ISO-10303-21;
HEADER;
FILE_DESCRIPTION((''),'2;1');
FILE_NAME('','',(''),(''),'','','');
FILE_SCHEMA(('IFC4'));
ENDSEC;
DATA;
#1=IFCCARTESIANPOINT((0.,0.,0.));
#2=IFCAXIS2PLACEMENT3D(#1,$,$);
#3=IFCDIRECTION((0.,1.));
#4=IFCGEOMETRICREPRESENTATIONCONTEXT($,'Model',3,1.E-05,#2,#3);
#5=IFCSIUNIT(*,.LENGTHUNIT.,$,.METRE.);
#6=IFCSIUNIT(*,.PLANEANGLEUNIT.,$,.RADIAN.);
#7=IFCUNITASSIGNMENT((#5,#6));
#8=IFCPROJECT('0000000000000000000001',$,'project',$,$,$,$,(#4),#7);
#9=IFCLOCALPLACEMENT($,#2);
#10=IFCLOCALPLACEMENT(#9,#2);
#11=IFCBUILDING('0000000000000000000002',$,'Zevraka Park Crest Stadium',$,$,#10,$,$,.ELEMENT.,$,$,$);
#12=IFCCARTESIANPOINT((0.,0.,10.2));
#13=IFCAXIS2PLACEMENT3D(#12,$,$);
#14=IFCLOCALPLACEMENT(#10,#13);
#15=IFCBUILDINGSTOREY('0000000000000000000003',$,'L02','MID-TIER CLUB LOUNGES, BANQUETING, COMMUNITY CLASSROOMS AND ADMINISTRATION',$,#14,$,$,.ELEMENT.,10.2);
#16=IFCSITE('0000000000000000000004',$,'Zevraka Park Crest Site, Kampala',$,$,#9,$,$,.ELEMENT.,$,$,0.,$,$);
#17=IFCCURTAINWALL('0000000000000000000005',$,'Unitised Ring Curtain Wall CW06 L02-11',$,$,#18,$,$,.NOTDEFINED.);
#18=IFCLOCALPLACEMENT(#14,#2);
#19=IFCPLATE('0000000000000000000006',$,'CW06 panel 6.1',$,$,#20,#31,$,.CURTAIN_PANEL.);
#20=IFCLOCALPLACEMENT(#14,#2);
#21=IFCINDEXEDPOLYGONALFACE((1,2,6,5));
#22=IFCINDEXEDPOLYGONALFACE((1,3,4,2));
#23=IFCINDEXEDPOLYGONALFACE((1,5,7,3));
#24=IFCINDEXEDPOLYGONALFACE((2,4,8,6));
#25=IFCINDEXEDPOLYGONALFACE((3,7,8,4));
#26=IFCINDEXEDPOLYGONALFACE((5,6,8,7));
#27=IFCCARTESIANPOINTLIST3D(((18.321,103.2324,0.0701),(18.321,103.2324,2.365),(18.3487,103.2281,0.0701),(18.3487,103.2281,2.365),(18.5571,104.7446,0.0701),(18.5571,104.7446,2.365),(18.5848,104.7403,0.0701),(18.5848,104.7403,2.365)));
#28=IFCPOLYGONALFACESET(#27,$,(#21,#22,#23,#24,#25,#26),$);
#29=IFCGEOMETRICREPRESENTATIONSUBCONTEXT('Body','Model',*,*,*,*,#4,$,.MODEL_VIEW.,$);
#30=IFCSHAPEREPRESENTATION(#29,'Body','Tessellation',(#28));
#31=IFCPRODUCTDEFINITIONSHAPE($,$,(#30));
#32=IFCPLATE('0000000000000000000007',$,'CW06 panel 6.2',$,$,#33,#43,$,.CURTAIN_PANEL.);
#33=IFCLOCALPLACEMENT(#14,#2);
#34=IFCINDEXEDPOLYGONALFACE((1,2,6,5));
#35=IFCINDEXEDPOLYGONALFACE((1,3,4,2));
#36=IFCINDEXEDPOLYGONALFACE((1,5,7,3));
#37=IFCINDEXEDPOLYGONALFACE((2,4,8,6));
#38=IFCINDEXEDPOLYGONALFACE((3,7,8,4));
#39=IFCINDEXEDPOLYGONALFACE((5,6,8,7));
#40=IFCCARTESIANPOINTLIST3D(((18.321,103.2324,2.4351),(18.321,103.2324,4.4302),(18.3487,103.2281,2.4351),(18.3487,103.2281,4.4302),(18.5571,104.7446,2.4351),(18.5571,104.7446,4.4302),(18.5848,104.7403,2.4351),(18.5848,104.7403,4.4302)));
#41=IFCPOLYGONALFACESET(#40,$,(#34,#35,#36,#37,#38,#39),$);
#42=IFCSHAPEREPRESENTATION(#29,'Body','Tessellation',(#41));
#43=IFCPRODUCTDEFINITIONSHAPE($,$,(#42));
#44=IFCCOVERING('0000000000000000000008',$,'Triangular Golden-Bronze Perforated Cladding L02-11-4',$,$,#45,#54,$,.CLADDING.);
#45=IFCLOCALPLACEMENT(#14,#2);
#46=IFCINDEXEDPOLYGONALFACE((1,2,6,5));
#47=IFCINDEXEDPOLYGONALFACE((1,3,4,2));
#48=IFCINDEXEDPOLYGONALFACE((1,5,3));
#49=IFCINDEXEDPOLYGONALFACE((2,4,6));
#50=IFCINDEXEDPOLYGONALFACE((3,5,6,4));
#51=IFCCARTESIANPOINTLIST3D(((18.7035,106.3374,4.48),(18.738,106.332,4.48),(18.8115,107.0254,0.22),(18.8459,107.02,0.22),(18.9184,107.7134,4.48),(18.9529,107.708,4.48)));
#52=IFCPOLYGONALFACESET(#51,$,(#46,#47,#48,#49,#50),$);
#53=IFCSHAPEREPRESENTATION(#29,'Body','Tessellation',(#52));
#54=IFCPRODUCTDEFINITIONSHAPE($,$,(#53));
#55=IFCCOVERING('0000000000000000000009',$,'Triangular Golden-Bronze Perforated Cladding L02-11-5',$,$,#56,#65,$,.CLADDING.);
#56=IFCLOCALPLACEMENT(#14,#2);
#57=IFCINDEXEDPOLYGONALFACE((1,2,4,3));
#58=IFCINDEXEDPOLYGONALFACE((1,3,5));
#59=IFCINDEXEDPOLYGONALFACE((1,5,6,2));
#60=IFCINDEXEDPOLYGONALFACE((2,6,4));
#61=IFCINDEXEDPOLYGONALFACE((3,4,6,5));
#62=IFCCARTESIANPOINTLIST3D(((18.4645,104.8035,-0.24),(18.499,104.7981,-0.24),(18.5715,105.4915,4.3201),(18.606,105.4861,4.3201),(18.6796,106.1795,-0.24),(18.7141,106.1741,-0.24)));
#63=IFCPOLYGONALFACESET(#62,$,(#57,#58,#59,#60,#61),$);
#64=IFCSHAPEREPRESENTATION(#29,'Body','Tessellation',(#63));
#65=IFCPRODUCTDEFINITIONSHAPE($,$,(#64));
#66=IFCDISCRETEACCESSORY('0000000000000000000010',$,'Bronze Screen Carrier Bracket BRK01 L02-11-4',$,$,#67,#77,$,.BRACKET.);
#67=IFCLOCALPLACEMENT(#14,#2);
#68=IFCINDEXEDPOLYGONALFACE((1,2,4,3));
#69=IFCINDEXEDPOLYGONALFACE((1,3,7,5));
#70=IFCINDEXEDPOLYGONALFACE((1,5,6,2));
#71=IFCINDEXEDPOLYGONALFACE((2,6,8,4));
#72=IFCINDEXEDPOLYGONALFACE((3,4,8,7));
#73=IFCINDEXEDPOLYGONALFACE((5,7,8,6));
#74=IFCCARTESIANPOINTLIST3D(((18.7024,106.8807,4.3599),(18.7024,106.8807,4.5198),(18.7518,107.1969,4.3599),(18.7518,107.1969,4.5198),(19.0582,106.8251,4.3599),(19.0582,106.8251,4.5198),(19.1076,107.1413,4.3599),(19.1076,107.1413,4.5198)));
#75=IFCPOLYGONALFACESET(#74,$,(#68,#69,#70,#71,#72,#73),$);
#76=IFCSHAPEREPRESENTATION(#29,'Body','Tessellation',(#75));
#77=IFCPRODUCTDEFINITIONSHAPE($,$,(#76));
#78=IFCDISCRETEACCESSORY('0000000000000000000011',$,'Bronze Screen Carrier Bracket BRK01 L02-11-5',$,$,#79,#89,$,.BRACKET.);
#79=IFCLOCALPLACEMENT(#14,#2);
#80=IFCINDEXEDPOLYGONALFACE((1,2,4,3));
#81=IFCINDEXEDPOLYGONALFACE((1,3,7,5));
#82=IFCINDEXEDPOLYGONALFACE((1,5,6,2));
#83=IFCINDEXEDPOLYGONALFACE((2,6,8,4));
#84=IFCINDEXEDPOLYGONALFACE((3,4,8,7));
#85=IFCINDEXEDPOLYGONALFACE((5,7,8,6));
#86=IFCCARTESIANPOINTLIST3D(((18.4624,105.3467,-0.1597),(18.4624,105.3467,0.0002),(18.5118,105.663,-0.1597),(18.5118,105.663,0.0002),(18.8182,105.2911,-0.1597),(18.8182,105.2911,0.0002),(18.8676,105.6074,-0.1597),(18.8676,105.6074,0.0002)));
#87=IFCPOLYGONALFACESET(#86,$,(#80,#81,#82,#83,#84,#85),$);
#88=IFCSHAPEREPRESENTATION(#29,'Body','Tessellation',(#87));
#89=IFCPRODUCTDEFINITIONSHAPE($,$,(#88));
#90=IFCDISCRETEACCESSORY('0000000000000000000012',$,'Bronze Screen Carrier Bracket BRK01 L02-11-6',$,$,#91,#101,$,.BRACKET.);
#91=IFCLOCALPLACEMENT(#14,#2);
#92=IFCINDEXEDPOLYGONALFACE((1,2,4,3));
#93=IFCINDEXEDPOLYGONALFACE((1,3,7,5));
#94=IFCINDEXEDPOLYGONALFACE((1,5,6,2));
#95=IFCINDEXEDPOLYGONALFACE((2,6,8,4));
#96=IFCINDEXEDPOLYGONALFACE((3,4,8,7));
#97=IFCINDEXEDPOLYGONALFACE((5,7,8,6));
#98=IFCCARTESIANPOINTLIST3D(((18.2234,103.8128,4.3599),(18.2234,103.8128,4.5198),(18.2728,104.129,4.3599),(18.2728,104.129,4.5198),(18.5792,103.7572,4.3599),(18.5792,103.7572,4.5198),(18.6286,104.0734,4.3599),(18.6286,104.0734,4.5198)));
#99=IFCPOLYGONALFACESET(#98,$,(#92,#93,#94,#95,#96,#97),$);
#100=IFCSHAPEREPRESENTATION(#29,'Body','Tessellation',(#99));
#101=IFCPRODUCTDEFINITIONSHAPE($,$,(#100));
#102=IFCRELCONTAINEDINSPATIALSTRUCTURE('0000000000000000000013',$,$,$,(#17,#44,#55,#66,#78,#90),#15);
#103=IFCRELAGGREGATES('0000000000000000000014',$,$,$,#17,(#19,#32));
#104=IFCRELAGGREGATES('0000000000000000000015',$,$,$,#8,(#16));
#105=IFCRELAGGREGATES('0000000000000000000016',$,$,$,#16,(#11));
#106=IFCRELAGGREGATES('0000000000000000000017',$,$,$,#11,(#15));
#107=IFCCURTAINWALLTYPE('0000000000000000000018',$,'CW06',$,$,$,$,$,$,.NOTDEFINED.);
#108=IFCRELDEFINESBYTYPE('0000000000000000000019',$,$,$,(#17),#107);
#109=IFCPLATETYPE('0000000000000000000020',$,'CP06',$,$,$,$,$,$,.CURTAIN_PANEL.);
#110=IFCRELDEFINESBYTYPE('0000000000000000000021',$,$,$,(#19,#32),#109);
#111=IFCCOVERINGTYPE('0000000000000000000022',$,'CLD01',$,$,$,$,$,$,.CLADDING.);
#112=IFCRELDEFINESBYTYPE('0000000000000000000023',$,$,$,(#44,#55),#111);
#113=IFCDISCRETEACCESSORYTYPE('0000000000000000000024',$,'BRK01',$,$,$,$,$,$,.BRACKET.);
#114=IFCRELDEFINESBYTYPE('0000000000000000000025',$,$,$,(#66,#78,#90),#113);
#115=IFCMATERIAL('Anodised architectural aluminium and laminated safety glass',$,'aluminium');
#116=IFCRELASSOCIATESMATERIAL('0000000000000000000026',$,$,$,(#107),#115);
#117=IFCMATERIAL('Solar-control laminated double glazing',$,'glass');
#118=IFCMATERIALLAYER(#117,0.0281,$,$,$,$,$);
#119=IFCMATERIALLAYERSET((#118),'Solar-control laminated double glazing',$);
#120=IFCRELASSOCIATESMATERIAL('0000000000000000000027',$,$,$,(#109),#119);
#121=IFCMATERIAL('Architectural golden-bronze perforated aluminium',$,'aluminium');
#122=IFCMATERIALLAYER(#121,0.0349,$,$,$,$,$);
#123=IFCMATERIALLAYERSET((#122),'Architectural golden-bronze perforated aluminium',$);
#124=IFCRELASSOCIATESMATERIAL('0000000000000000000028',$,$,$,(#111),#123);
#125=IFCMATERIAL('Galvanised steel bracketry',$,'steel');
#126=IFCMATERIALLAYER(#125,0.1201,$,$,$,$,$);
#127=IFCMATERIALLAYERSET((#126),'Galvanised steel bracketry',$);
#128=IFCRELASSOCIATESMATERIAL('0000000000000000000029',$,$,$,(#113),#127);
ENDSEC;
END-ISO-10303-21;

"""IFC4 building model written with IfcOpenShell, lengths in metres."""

from ifc_helpers import new_model, si_unit, direction, frame, origin, origin_2d, place, context, subcontext, project, spatial, polyline, rectangle, outline, extrude, material, layer, layer_set, type_object, element, aggregate, save


model = new_model("IFC4")

# Units and contexts
model_context = context("Model", 3, precision=1e-05, world=origin(), true_north=direction((0.0, 1.0)))
body_context = subcontext(model_context, "Body", "Model", "MODEL_VIEW")
ifc_project = project(units=[si_unit("LENGTHUNIT", "METRE"), si_unit("PLANEANGLEUNIT", "RADIAN")], contexts=[model_context])

# Site, building, storey
site_placement = place(None, origin())
site = spatial("IfcSite", under=ifc_project, at=site_placement, Name="Zevraka Park Crest Site, Kampala", CompositionType="ELEMENT", RefElevation=0.0)
building_placement = place(site_placement, origin())
building = spatial("IfcBuilding", under=site, at=building_placement, Name="Zevraka Park Crest Stadium", CompositionType="ELEMENT")
storey_placement = place(building_placement, frame((0.0, 0.0, 10.2)))
storey = spatial("IfcBuildingStorey", under=building, at=storey_placement, Name="L02", Description="MID-TIER CLUB LOUNGES, BANQUETING, COMMUNITY CLASSROOMS AND ADMINISTRATION", CompositionType="ELEMENT", Elevation=10.2)

# Curtain wall, plates
ifc_material_1 = material(Name="Anodised architectural aluminium and laminated safety glass", Category="aluminium")
curtain_wall_type = type_object("IfcCurtainWallType", Name="CW06", PredefinedType="NOTDEFINED", material=ifc_material_1)
curtain_wall_placement = place(storey_placement, origin())
curtain_wall = element("IfcCurtainWall", 1, at=curtain_wall_placement, inside=storey, type_object=curtain_wall_type, Name="Unitised Ring Curtain Wall CW06 L02-11", PredefinedType="NOTDEFINED")
ifc_material_2 = material(Name="Solar-control laminated double glazing", Category="glass")
ifc_layer_1 = layer(ifc_material_2, 0.0281)
ifc_layer_set_1 = layer_set([ifc_layer_1], Name="Solar-control laminated double glazing")
plate_type = type_object("IfcPlateType", Name="CP06", PredefinedType="CURTAIN_PANEL", material=ifc_layer_set_1)
plate_1_placement = place(storey_placement, frame((18.4529, 103.9863, 0.0701), z_axis=(0.0, 0.0, 1.0), x_axis=(-0.154274, -0.988028, 0.0)))
plate_1 = element("IfcPlate", 2, at=plate_1_placement, type_object=plate_type, Name="CW06 panel 6.1", PredefinedType="CURTAIN_PANEL", context=body_context, shape_type="SweptSolid", body=[
    extrude(rectangle(XDim=1.5305, YDim=0.0281, at=origin_2d()), origin(), (0.0, 0.0, 1.0), 2.2949),
])
plate_2_placement = place(storey_placement, frame((18.4529, 103.9863, 2.4351), z_axis=(0.0, 0.0, 1.0), x_axis=(-0.154274, -0.988028, 0.0)))
plate_2 = element("IfcPlate", 3, at=plate_2_placement, type_object=plate_type, Name="CW06 panel 6.2", PredefinedType="CURTAIN_PANEL", context=body_context, shape_type="SweptSolid", body=[
    extrude(rectangle(XDim=1.5305, YDim=0.0281, at=origin_2d()), origin(), (0.0, 0.0, 1.0), 1.9951),
])
aggregate(curtain_wall, [plate_1, plate_2])

# Coverings
ifc_material_3 = material(Name="Architectural golden-bronze perforated aluminium", Category="aluminium")
ifc_layer_2 = layer(ifc_material_3, 0.0349)
ifc_layer_set_2 = layer_set([ifc_layer_2], Name="Architectural golden-bronze perforated aluminium")
covering_type = type_object("IfcCoveringType", Name="CLD01", PredefinedType="CLADDING", material=ifc_layer_set_2)
covering_1_placement = place(storey_placement, frame((18.738, 106.332, 4.48), z_axis=(0.988029, -0.15427, 0.000113), x_axis=(0.15427, 0.988029, 0.0)))
element("IfcCovering", 4, at=covering_1_placement, inside=storey, type_object=covering_type, Name="Triangular Golden-Bronze Perforated Cladding L02-11-4", PredefinedType="CLADDING", context=body_context, shape_type="SweptSolid", body=[
    extrude(outline(polyline([(0.0, 0.0), (1.3926, 0.0), (0.6964, -4.26), (0.0, 0.0)])), origin(), (0.0, 0.0, -1.0), 0.0349),
])
covering_2_placement = place(storey_placement, frame((18.7141, 106.1741, -0.24), z_axis=(0.988002, -0.154441, 0.000132), x_axis=(-0.154441, -0.988002, 0.0)))
element("IfcCovering", 5, at=covering_2_placement, inside=storey, type_object=covering_type, Name="Triangular Golden-Bronze Perforated Cladding L02-11-5", PredefinedType="CLADDING", context=body_context, shape_type="SweptSolid", body=[
    extrude(outline(polyline([(0.0, 0.0), (1.3927, 0.0), (0.6964, -4.5601), (0.0, 0.0)])), origin(), (0.0, 0.0, -1.0), 0.0349),
])

# Discrete accessories
ifc_material_4 = material(Name="Galvanised steel bracketry", Category="steel")
ifc_layer_3 = layer(ifc_material_4, 0.1201)
ifc_layer_set_3 = layer_set([ifc_layer_3], Name="Galvanised steel bracketry")
discrete_accessory_type = type_object("IfcDiscreteAccessoryType", Name="BRK01", PredefinedType="BRACKET", material=ifc_layer_set_3)
for number, where, z_axis, x_axis, name in (
    (6, (18.905, 107.011, 4.3599), (0.0, 0.0, 1.0), (-0.154366, -0.988014, 0.0), "Bronze Screen Carrier Bracket BRK01 L02-11-4"),
    (7, (18.665, 105.4771, -0.1597), (0.0, 0.0, 1.0), (-0.154366, -0.988014, 0.0), "Bronze Screen Carrier Bracket BRK01 L02-11-5"),
    (8, (18.426, 103.9431, 4.3599), (0.0, 0.0, 1.0), (-0.154366, -0.988014, 0.0), "Bronze Screen Carrier Bracket BRK01 L02-11-6"),
):
    element("IfcDiscreteAccessory", number, at=place(storey_placement, frame(where, z_axis=z_axis, x_axis=x_axis)), inside=storey, type_object=discrete_accessory_type, Name=name, PredefinedType="BRACKET", context=body_context, shape_type="SweptSolid", body=[
        extrude(rectangle(XDim=0.3201, YDim=0.3601, at=origin_2d()), origin(), (0.0, 0.0, 1.0), 0.1599),
    ])

save(model, "model.ifc")
